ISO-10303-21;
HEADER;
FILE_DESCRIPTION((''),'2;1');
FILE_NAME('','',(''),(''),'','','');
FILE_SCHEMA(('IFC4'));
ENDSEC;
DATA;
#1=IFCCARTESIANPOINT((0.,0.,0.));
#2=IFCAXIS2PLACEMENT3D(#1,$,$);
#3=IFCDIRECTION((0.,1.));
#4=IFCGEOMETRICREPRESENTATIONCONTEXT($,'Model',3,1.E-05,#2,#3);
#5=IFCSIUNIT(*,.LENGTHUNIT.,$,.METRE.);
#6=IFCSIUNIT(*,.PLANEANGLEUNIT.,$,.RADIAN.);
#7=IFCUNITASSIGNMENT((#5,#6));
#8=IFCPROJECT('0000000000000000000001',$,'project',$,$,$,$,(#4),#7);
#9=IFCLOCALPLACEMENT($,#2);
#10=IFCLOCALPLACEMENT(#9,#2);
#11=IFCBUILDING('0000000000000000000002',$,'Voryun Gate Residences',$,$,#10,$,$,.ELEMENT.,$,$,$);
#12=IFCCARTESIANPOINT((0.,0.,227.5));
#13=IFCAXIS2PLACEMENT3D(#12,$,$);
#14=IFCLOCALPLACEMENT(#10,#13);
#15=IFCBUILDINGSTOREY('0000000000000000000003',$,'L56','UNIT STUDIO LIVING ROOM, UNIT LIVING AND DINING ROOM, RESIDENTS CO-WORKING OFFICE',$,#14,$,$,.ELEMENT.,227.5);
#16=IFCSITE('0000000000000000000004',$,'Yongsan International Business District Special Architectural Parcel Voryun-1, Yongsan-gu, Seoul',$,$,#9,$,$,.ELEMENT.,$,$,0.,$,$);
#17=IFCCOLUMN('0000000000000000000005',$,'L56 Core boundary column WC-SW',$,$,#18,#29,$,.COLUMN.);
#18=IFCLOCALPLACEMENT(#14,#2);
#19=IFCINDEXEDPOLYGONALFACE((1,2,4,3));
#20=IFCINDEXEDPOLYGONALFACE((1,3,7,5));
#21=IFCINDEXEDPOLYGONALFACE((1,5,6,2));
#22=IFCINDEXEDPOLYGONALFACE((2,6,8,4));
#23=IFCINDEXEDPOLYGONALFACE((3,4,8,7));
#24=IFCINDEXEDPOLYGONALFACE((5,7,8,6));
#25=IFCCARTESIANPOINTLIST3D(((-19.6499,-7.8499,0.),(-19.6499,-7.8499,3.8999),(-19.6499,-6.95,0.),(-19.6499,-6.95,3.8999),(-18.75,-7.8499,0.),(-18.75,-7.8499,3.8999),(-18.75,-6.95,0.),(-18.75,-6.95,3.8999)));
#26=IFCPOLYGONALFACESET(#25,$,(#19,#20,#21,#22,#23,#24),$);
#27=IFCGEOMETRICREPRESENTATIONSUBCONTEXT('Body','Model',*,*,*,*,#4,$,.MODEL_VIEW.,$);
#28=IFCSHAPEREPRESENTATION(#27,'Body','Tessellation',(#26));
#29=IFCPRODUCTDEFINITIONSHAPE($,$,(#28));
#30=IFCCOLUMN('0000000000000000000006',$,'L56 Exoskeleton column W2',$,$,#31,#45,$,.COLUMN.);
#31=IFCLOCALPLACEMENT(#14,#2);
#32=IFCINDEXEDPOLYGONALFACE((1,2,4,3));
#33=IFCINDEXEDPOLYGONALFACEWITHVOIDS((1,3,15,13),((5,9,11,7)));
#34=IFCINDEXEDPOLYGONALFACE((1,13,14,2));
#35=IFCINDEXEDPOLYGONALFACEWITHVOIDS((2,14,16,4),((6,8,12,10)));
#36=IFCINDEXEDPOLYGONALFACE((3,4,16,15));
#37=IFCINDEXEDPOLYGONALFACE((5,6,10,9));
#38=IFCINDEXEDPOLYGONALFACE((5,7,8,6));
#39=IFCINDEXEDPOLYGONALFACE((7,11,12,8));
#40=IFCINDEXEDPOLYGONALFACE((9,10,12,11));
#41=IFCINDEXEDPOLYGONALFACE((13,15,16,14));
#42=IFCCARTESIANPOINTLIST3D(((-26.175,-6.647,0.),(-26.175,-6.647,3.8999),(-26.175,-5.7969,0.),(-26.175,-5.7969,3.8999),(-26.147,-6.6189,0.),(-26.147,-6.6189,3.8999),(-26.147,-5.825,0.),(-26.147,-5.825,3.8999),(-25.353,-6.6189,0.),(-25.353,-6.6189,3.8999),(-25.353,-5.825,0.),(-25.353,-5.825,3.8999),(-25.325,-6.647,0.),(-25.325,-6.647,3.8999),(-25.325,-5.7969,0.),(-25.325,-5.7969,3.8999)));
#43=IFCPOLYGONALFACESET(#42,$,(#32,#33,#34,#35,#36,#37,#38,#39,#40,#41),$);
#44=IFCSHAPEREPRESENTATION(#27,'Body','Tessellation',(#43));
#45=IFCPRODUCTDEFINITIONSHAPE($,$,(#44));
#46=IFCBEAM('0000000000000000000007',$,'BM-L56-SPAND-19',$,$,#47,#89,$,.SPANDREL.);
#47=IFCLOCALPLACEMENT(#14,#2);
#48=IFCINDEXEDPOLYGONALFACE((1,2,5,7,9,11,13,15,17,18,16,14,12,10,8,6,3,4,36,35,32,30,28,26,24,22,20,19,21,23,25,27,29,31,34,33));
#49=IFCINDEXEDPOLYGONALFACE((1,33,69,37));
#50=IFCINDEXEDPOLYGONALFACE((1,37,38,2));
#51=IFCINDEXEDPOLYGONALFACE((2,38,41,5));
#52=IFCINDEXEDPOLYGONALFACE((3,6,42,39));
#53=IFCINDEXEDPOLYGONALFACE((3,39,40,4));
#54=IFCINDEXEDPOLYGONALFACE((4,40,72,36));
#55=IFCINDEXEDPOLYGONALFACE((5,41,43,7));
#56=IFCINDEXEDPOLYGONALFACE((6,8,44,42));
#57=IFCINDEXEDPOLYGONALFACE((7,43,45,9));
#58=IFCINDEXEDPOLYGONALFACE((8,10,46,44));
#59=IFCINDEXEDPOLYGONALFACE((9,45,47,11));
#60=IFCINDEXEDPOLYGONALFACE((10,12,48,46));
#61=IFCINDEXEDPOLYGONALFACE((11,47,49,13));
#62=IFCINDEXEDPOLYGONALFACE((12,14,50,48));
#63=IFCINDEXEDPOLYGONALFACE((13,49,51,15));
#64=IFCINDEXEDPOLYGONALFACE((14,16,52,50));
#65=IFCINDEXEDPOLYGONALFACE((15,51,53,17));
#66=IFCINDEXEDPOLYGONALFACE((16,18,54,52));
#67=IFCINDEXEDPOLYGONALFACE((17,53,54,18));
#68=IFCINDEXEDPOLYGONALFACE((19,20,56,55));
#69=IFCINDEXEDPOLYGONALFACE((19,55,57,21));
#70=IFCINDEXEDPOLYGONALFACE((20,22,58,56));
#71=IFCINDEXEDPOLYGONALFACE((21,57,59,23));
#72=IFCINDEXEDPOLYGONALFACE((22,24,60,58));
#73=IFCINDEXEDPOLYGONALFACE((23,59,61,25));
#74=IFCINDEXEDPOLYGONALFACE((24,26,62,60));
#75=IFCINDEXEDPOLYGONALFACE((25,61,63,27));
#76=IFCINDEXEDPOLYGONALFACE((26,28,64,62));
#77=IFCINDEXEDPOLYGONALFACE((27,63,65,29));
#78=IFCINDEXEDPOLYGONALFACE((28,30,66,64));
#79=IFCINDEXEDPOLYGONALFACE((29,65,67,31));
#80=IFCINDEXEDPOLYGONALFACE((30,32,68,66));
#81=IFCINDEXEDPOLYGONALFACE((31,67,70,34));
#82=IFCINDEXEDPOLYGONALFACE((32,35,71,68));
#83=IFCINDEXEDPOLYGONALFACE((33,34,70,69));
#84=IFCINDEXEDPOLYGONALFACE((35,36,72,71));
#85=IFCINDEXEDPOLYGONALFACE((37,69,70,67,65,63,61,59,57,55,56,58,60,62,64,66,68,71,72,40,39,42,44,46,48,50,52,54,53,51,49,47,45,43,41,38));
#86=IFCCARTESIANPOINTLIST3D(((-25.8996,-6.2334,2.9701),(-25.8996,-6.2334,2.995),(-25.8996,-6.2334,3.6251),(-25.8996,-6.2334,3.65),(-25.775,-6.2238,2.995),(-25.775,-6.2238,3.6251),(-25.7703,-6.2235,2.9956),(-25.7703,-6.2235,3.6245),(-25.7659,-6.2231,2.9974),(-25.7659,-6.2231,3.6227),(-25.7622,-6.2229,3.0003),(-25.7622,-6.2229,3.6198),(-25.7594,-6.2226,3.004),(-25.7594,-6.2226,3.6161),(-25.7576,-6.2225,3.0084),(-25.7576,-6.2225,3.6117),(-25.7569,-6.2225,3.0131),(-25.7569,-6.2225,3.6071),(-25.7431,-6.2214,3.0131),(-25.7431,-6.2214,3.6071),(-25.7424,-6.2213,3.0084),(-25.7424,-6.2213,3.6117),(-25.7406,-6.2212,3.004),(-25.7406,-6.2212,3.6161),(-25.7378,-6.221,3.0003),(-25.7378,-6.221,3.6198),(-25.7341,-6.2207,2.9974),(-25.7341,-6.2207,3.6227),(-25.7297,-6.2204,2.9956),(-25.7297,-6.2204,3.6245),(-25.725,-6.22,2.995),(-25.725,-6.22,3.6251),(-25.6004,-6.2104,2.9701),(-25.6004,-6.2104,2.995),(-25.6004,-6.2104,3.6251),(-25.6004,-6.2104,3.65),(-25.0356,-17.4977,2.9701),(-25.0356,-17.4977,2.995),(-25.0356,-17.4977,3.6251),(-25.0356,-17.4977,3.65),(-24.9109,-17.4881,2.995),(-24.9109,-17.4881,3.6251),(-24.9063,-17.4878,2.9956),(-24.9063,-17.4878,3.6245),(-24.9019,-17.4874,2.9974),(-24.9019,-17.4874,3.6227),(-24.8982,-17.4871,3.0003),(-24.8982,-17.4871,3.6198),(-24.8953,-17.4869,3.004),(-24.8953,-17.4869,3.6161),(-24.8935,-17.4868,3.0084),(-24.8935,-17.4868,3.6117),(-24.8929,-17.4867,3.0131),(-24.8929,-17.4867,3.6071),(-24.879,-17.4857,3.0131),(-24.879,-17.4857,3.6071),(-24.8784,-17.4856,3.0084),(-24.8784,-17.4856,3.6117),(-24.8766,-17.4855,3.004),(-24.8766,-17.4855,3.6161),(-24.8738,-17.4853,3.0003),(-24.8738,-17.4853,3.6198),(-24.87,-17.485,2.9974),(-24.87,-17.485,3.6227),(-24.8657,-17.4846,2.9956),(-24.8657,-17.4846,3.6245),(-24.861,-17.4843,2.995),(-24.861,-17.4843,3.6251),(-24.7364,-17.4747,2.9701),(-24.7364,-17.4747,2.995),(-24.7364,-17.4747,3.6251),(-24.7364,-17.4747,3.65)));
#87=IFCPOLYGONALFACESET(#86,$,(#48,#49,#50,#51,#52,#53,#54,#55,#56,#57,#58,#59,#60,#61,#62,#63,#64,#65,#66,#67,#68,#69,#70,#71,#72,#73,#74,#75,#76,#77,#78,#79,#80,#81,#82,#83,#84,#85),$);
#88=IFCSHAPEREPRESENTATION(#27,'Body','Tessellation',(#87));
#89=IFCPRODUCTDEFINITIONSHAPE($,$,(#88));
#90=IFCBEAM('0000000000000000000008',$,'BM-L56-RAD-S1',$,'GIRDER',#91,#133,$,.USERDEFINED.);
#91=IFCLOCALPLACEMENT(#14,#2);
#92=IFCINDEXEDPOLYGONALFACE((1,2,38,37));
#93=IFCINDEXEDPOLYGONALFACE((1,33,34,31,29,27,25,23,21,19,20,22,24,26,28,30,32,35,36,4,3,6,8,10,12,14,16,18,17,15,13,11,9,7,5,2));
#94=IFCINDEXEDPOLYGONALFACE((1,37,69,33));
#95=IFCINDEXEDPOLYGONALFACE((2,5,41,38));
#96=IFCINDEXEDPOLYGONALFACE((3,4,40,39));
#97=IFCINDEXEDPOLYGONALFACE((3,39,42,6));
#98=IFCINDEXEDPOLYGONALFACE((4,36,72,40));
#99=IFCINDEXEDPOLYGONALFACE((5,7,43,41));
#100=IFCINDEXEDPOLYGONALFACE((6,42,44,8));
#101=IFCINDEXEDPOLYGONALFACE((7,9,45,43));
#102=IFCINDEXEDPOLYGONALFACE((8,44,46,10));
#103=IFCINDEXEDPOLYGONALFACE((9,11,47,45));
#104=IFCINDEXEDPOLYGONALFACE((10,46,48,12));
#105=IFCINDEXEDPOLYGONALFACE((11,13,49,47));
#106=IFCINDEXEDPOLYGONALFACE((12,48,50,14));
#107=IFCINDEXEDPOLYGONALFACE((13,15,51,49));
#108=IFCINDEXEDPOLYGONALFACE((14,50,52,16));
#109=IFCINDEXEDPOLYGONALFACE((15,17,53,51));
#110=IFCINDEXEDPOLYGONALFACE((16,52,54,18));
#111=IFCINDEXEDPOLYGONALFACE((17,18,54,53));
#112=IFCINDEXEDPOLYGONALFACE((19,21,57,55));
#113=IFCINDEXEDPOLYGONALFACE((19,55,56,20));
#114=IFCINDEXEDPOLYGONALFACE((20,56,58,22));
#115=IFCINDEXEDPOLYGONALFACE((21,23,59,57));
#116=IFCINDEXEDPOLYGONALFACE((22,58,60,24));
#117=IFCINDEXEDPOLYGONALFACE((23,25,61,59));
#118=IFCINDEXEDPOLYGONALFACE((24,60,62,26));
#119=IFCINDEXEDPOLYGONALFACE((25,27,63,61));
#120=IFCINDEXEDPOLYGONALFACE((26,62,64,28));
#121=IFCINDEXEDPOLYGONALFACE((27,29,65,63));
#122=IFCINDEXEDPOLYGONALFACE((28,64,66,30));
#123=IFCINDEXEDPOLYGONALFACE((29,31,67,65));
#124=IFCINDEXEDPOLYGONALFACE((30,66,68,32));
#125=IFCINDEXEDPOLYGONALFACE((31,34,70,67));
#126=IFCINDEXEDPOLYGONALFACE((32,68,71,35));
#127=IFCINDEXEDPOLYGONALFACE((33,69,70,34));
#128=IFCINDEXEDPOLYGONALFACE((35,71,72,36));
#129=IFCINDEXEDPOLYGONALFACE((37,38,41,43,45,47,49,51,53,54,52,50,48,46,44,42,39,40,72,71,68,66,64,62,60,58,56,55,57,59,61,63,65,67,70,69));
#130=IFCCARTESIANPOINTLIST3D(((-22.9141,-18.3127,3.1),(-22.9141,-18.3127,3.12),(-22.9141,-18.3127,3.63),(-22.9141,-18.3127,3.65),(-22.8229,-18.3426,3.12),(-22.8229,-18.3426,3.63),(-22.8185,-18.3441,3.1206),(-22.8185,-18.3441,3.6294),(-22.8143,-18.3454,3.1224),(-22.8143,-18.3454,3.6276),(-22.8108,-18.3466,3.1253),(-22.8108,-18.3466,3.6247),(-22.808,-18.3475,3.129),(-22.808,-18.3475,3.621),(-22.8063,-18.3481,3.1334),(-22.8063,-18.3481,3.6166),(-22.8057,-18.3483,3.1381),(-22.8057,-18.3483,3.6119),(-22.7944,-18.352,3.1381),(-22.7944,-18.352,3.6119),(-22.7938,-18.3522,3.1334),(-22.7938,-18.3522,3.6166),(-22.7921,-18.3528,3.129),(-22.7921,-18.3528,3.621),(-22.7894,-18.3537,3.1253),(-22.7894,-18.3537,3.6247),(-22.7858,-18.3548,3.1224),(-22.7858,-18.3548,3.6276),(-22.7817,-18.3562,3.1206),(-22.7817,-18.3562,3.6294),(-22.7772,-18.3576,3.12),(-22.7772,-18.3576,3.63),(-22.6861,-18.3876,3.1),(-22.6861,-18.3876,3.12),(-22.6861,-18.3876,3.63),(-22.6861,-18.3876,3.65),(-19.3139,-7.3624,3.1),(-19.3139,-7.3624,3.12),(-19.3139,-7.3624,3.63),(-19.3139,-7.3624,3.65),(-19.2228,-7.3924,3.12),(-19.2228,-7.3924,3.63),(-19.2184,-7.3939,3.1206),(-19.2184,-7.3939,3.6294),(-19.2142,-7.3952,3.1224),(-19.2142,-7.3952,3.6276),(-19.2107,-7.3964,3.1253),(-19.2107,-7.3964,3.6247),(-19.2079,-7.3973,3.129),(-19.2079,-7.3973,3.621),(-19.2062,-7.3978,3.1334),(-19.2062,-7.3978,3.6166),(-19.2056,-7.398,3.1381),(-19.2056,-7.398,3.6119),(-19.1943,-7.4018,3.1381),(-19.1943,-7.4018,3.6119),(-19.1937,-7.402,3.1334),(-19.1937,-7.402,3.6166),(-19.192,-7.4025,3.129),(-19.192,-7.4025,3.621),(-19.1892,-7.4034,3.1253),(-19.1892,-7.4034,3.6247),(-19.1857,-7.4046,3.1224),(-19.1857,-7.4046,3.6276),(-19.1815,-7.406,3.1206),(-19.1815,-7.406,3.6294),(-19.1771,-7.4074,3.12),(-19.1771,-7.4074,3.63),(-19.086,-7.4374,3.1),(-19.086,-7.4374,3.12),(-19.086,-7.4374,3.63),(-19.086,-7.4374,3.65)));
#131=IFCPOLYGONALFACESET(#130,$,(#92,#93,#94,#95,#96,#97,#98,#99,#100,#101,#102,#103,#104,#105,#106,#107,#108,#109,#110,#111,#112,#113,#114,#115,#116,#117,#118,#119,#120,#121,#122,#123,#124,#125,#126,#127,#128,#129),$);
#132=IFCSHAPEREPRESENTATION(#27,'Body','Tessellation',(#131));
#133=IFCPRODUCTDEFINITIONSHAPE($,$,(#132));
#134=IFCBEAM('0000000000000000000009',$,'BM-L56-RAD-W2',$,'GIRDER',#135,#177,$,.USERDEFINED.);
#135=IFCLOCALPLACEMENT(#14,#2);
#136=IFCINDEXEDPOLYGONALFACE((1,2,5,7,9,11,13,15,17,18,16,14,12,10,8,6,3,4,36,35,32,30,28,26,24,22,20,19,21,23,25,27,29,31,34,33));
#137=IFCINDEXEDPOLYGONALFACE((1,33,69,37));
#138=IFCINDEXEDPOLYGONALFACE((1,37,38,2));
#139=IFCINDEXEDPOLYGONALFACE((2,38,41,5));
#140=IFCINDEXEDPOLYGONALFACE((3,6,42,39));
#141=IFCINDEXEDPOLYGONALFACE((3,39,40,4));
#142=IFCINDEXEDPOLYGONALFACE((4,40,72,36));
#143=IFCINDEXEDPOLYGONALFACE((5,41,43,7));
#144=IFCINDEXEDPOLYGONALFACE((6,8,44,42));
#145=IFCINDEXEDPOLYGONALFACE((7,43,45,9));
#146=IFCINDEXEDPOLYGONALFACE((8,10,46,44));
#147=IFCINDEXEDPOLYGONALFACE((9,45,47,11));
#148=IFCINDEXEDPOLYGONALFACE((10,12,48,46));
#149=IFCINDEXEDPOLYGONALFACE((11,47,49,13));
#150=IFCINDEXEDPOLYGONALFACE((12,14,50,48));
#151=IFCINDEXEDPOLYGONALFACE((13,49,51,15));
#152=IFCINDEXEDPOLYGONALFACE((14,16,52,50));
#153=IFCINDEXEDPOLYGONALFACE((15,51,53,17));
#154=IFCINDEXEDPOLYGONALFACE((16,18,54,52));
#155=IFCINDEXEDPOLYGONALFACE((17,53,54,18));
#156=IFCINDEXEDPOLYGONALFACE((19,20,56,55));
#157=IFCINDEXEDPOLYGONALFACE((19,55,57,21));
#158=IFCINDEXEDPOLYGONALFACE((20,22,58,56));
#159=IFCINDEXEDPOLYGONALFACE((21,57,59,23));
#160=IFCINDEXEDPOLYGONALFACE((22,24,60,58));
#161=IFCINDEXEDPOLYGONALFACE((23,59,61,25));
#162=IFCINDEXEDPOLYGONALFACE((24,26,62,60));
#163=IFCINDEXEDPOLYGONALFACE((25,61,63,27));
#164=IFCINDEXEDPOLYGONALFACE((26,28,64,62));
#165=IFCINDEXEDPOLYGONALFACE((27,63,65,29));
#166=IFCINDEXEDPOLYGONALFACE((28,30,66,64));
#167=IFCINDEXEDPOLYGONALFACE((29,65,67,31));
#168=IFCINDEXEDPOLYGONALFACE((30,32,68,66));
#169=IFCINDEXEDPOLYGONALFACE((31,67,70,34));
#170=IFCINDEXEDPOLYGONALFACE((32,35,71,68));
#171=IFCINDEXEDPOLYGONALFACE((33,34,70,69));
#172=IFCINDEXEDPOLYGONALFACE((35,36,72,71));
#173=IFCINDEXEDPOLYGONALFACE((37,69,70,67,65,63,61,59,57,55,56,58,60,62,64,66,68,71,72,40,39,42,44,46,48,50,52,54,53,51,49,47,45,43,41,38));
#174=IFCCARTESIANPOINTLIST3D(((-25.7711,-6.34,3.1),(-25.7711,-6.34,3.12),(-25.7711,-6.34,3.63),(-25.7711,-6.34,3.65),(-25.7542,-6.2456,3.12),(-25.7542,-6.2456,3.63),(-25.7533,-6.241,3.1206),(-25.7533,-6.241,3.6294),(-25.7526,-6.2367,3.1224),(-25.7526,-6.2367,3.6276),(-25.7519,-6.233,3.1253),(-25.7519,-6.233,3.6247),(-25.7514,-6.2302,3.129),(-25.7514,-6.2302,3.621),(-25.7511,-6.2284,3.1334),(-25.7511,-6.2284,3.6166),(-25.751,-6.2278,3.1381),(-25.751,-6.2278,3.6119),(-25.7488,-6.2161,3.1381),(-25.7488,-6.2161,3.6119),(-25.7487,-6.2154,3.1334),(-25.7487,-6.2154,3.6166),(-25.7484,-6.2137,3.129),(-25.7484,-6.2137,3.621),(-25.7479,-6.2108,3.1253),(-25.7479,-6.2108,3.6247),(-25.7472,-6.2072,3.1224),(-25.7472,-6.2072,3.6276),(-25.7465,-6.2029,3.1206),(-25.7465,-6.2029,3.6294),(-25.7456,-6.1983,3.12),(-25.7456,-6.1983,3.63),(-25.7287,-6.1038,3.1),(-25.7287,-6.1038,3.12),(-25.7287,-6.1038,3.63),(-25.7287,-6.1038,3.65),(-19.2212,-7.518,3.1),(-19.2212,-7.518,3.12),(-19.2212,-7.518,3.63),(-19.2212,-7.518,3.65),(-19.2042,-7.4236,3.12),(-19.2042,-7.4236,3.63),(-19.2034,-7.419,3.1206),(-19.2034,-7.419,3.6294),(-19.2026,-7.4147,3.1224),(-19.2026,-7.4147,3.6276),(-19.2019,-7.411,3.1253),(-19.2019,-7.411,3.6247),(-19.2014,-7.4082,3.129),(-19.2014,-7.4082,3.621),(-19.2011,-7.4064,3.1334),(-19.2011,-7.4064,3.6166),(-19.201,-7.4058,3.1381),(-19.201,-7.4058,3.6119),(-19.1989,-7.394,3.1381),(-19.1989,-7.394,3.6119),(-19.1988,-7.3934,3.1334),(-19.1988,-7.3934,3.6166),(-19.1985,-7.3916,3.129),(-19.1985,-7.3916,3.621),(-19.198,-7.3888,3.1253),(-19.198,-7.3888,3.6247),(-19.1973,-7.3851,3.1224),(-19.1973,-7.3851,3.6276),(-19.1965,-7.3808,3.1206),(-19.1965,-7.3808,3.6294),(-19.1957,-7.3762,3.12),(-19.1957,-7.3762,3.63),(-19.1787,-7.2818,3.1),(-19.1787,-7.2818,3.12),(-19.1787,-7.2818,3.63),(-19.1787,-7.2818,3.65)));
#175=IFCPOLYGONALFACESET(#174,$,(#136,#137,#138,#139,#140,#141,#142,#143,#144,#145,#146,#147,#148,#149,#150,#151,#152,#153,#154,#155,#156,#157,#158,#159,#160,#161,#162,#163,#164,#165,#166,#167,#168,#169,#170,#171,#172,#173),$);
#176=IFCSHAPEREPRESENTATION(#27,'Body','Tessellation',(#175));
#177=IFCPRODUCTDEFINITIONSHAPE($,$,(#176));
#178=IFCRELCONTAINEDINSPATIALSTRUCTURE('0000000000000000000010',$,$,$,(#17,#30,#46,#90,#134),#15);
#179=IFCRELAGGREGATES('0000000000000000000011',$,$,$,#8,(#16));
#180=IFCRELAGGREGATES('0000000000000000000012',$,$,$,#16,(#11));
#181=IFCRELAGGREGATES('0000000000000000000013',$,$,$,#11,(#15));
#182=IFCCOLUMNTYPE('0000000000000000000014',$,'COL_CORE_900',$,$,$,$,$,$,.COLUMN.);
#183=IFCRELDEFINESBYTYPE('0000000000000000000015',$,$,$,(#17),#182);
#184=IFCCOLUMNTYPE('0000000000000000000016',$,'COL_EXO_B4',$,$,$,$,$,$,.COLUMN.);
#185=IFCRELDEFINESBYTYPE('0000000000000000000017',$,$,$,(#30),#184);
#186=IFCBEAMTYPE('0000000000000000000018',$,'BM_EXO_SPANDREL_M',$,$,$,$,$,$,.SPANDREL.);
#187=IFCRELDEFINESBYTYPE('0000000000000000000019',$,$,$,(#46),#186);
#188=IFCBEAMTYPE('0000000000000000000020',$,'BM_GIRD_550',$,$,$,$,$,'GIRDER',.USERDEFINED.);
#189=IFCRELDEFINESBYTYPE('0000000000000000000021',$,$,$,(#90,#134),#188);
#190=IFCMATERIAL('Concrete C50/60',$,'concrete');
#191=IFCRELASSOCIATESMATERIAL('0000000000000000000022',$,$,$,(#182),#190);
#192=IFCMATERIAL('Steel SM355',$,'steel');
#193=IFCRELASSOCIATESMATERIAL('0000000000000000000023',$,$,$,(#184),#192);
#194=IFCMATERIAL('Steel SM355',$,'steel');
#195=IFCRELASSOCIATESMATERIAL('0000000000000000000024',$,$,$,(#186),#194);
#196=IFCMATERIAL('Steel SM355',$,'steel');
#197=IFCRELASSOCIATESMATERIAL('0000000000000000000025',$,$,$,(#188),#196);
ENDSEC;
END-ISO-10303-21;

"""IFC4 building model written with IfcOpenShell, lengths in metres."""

from ifc_helpers import new_model, si_unit, direction, frame, origin, origin_2d, place, context, subcontext, project, spatial, rectangle, hollow_rectangle, i_section, extrude, material, material_profile, profile_set, type_object, element, save


model = new_model("IFC4")

# Units and contexts
model_context = context("Model", 3, precision=1e-05, world=origin(), true_north=direction((0.0, 1.0)))
body_context = subcontext(model_context, "Body", "Model", "MODEL_VIEW")
ifc_project = project(units=[si_unit("LENGTHUNIT", "METRE"), si_unit("PLANEANGLEUNIT", "RADIAN")], contexts=[model_context])

# Site, building, storey
site_placement = place(None, origin())
site = spatial("IfcSite", under=ifc_project, at=site_placement, Name="Yongsan International Business District Special Architectural Parcel Voryun-1, Yongsan-gu, Seoul", CompositionType="ELEMENT", RefElevation=0.0)
building_placement = place(site_placement, origin())
building = spatial("IfcBuilding", under=site, at=building_placement, Name="Voryun Gate Residences", CompositionType="ELEMENT")
storey_placement = place(building_placement, frame((0.0, 0.0, 227.5)))
storey = spatial("IfcBuildingStorey", under=building, at=storey_placement, Name="L56", Description="UNIT STUDIO LIVING ROOM, UNIT LIVING AND DINING ROOM, RESIDENTS CO-WORKING OFFICE", CompositionType="ELEMENT", Elevation=227.5)

# Columns
ifc_material_1 = material(Name="Concrete C50/60", Category="concrete")
ifc_material_profile_1 = material_profile(ifc_material_1, rectangle(XDim=0.8999, YDim=0.8999, at=origin_2d()), Name="RC-900x900")
ifc_profile_set_1 = profile_set([ifc_material_profile_1], Name="Concrete C50/60")
column_type_1 = type_object("IfcColumnType", Name="COL_CORE_900", PredefinedType="COLUMN", material=ifc_profile_set_1)
column_1_placement = place(storey_placement, frame((-19.2, -7.3999, 0.0), z_axis=(0.0, 0.0, 1.0), x_axis=(1.0, 0.0, 0.0)))
element("IfcColumn", 1, at=column_1_placement, inside=storey, type_object=column_type_1, Name="L56 Core boundary column WC-SW", PredefinedType="COLUMN", context=body_context, shape_type="SweptSolid", body=[
    extrude(rectangle(XDim=0.8999, YDim=0.8999, at=origin_2d()), origin(), (0.0, 0.0, 1.0), 3.8999),
])
ifc_material_2 = material(Name="Steel SM355", Category="steel")
ifc_material_profile_2 = material_profile(ifc_material_2, hollow_rectangle(XDim=0.8501, YDim=0.8501, WallThickness=0.0281, at=origin_2d()), Name="BOX-850x850x28")
ifc_profile_set_2 = profile_set([ifc_material_profile_2], Name="Steel SM355")
column_type_2 = type_object("IfcColumnType", Name="COL_EXO_B4", PredefinedType="COLUMN", material=ifc_profile_set_2)
column_2_placement = place(storey_placement, frame((-25.75, -6.2219, 0.0), z_axis=(0.0, 0.0, 1.0), x_axis=(1.0, 0.0, 0.0)))
element("IfcColumn", 2, at=column_2_placement, inside=storey, type_object=column_type_2, Name="L56 Exoskeleton column W2", PredefinedType="COLUMN", context=body_context, shape_type="SweptSolid", body=[
    extrude(hollow_rectangle(XDim=0.8501, YDim=0.8501, WallThickness=0.0281, at=origin_2d()), origin(), (0.0, 0.0, 1.0), 3.8999),
])

# Beams
ifc_material_3 = material(Name="Steel SM355", Category="steel")
ifc_material_profile_3 = material_profile(ifc_material_3, i_section(OverallWidth=0.3, OverallDepth=0.6799, WebThickness=0.0139, FlangeThickness=0.0249, FilletRadius=0.0181, at=origin_2d()), Name="H-680x300x14x25")
ifc_profile_set_3 = profile_set([ifc_material_profile_3], Name="Steel SM355")
beam_type_1 = type_object("IfcBeamType", Name="BM_EXO_SPANDREL_M", PredefinedType="SPANDREL", material=ifc_profile_set_3)
beam_1_placement = place(storey_placement, frame((-25.75, -6.2219, 3.3101), z_axis=(0.07648, -0.997071, 0.0), x_axis=(0.997071, 0.07648, 0.0)))
element("IfcBeam", 3, at=beam_1_placement, inside=storey, type_object=beam_type_1, Name="BM-L56-SPAND-19", PredefinedType="SPANDREL", context=body_context, shape_type="SweptSolid", body=[
    extrude(i_section(OverallWidth=0.3, OverallDepth=0.6799, WebThickness=0.0139, FlangeThickness=0.0249, FilletRadius=0.0181, at=origin_2d()), origin(), (0.0, 0.0, 1.0), 11.2974),
])
ifc_material_4 = material(Name="Steel SM355", Category="steel")
ifc_material_profile_4 = material_profile(ifc_material_4, i_section(OverallWidth=0.24, OverallDepth=0.55, WebThickness=0.012, FlangeThickness=0.02, FilletRadius=0.0181, at=origin_2d()), Name="H-550x240x12x20")
ifc_profile_set_4 = profile_set([ifc_material_profile_4], Name="Steel SM355")
beam_type_2 = type_object("IfcBeamType", Name="BM_GIRD_550", ElementType="GIRDER", PredefinedType="USERDEFINED", material=ifc_profile_set_4)
beam_2_placement = place(storey_placement, frame((-19.2, -7.3999, 3.375), z_axis=(-0.312324, -0.949976, 0.0), x_axis=(0.949976, -0.312324, 0.0)))
element("IfcBeam", 4, at=beam_2_placement, inside=storey, type_object=beam_type_2, Name="BM-L56-RAD-S1", ObjectType="GIRDER", PredefinedType="USERDEFINED", context=body_context, shape_type="SweptSolid", body=[
    extrude(i_section(OverallWidth=0.24, OverallDepth=0.55, WebThickness=0.012, FlangeThickness=0.02, FilletRadius=0.0181, at=origin_2d()), origin(), (0.0, 0.0, 1.0), 11.5269),
])
beam_3_placement = place(storey_placement, frame((-19.2, -7.3999, 3.375), z_axis=(-0.98421, 0.177003, 0.0), x_axis=(-0.177003, -0.98421, 0.0)))
element("IfcBeam", 5, at=beam_3_placement, inside=storey, type_object=beam_type_2, Name="BM-L56-RAD-W2", ObjectType="GIRDER", PredefinedType="USERDEFINED", context=body_context, shape_type="SweptSolid", body=[
    extrude(i_section(OverallWidth=0.24, OverallDepth=0.55, WebThickness=0.012, FlangeThickness=0.02, FilletRadius=0.0181, at=origin_2d()), origin(), (0.0, 0.0, 1.0), 6.655),
])

save(model, "model.ifc")
